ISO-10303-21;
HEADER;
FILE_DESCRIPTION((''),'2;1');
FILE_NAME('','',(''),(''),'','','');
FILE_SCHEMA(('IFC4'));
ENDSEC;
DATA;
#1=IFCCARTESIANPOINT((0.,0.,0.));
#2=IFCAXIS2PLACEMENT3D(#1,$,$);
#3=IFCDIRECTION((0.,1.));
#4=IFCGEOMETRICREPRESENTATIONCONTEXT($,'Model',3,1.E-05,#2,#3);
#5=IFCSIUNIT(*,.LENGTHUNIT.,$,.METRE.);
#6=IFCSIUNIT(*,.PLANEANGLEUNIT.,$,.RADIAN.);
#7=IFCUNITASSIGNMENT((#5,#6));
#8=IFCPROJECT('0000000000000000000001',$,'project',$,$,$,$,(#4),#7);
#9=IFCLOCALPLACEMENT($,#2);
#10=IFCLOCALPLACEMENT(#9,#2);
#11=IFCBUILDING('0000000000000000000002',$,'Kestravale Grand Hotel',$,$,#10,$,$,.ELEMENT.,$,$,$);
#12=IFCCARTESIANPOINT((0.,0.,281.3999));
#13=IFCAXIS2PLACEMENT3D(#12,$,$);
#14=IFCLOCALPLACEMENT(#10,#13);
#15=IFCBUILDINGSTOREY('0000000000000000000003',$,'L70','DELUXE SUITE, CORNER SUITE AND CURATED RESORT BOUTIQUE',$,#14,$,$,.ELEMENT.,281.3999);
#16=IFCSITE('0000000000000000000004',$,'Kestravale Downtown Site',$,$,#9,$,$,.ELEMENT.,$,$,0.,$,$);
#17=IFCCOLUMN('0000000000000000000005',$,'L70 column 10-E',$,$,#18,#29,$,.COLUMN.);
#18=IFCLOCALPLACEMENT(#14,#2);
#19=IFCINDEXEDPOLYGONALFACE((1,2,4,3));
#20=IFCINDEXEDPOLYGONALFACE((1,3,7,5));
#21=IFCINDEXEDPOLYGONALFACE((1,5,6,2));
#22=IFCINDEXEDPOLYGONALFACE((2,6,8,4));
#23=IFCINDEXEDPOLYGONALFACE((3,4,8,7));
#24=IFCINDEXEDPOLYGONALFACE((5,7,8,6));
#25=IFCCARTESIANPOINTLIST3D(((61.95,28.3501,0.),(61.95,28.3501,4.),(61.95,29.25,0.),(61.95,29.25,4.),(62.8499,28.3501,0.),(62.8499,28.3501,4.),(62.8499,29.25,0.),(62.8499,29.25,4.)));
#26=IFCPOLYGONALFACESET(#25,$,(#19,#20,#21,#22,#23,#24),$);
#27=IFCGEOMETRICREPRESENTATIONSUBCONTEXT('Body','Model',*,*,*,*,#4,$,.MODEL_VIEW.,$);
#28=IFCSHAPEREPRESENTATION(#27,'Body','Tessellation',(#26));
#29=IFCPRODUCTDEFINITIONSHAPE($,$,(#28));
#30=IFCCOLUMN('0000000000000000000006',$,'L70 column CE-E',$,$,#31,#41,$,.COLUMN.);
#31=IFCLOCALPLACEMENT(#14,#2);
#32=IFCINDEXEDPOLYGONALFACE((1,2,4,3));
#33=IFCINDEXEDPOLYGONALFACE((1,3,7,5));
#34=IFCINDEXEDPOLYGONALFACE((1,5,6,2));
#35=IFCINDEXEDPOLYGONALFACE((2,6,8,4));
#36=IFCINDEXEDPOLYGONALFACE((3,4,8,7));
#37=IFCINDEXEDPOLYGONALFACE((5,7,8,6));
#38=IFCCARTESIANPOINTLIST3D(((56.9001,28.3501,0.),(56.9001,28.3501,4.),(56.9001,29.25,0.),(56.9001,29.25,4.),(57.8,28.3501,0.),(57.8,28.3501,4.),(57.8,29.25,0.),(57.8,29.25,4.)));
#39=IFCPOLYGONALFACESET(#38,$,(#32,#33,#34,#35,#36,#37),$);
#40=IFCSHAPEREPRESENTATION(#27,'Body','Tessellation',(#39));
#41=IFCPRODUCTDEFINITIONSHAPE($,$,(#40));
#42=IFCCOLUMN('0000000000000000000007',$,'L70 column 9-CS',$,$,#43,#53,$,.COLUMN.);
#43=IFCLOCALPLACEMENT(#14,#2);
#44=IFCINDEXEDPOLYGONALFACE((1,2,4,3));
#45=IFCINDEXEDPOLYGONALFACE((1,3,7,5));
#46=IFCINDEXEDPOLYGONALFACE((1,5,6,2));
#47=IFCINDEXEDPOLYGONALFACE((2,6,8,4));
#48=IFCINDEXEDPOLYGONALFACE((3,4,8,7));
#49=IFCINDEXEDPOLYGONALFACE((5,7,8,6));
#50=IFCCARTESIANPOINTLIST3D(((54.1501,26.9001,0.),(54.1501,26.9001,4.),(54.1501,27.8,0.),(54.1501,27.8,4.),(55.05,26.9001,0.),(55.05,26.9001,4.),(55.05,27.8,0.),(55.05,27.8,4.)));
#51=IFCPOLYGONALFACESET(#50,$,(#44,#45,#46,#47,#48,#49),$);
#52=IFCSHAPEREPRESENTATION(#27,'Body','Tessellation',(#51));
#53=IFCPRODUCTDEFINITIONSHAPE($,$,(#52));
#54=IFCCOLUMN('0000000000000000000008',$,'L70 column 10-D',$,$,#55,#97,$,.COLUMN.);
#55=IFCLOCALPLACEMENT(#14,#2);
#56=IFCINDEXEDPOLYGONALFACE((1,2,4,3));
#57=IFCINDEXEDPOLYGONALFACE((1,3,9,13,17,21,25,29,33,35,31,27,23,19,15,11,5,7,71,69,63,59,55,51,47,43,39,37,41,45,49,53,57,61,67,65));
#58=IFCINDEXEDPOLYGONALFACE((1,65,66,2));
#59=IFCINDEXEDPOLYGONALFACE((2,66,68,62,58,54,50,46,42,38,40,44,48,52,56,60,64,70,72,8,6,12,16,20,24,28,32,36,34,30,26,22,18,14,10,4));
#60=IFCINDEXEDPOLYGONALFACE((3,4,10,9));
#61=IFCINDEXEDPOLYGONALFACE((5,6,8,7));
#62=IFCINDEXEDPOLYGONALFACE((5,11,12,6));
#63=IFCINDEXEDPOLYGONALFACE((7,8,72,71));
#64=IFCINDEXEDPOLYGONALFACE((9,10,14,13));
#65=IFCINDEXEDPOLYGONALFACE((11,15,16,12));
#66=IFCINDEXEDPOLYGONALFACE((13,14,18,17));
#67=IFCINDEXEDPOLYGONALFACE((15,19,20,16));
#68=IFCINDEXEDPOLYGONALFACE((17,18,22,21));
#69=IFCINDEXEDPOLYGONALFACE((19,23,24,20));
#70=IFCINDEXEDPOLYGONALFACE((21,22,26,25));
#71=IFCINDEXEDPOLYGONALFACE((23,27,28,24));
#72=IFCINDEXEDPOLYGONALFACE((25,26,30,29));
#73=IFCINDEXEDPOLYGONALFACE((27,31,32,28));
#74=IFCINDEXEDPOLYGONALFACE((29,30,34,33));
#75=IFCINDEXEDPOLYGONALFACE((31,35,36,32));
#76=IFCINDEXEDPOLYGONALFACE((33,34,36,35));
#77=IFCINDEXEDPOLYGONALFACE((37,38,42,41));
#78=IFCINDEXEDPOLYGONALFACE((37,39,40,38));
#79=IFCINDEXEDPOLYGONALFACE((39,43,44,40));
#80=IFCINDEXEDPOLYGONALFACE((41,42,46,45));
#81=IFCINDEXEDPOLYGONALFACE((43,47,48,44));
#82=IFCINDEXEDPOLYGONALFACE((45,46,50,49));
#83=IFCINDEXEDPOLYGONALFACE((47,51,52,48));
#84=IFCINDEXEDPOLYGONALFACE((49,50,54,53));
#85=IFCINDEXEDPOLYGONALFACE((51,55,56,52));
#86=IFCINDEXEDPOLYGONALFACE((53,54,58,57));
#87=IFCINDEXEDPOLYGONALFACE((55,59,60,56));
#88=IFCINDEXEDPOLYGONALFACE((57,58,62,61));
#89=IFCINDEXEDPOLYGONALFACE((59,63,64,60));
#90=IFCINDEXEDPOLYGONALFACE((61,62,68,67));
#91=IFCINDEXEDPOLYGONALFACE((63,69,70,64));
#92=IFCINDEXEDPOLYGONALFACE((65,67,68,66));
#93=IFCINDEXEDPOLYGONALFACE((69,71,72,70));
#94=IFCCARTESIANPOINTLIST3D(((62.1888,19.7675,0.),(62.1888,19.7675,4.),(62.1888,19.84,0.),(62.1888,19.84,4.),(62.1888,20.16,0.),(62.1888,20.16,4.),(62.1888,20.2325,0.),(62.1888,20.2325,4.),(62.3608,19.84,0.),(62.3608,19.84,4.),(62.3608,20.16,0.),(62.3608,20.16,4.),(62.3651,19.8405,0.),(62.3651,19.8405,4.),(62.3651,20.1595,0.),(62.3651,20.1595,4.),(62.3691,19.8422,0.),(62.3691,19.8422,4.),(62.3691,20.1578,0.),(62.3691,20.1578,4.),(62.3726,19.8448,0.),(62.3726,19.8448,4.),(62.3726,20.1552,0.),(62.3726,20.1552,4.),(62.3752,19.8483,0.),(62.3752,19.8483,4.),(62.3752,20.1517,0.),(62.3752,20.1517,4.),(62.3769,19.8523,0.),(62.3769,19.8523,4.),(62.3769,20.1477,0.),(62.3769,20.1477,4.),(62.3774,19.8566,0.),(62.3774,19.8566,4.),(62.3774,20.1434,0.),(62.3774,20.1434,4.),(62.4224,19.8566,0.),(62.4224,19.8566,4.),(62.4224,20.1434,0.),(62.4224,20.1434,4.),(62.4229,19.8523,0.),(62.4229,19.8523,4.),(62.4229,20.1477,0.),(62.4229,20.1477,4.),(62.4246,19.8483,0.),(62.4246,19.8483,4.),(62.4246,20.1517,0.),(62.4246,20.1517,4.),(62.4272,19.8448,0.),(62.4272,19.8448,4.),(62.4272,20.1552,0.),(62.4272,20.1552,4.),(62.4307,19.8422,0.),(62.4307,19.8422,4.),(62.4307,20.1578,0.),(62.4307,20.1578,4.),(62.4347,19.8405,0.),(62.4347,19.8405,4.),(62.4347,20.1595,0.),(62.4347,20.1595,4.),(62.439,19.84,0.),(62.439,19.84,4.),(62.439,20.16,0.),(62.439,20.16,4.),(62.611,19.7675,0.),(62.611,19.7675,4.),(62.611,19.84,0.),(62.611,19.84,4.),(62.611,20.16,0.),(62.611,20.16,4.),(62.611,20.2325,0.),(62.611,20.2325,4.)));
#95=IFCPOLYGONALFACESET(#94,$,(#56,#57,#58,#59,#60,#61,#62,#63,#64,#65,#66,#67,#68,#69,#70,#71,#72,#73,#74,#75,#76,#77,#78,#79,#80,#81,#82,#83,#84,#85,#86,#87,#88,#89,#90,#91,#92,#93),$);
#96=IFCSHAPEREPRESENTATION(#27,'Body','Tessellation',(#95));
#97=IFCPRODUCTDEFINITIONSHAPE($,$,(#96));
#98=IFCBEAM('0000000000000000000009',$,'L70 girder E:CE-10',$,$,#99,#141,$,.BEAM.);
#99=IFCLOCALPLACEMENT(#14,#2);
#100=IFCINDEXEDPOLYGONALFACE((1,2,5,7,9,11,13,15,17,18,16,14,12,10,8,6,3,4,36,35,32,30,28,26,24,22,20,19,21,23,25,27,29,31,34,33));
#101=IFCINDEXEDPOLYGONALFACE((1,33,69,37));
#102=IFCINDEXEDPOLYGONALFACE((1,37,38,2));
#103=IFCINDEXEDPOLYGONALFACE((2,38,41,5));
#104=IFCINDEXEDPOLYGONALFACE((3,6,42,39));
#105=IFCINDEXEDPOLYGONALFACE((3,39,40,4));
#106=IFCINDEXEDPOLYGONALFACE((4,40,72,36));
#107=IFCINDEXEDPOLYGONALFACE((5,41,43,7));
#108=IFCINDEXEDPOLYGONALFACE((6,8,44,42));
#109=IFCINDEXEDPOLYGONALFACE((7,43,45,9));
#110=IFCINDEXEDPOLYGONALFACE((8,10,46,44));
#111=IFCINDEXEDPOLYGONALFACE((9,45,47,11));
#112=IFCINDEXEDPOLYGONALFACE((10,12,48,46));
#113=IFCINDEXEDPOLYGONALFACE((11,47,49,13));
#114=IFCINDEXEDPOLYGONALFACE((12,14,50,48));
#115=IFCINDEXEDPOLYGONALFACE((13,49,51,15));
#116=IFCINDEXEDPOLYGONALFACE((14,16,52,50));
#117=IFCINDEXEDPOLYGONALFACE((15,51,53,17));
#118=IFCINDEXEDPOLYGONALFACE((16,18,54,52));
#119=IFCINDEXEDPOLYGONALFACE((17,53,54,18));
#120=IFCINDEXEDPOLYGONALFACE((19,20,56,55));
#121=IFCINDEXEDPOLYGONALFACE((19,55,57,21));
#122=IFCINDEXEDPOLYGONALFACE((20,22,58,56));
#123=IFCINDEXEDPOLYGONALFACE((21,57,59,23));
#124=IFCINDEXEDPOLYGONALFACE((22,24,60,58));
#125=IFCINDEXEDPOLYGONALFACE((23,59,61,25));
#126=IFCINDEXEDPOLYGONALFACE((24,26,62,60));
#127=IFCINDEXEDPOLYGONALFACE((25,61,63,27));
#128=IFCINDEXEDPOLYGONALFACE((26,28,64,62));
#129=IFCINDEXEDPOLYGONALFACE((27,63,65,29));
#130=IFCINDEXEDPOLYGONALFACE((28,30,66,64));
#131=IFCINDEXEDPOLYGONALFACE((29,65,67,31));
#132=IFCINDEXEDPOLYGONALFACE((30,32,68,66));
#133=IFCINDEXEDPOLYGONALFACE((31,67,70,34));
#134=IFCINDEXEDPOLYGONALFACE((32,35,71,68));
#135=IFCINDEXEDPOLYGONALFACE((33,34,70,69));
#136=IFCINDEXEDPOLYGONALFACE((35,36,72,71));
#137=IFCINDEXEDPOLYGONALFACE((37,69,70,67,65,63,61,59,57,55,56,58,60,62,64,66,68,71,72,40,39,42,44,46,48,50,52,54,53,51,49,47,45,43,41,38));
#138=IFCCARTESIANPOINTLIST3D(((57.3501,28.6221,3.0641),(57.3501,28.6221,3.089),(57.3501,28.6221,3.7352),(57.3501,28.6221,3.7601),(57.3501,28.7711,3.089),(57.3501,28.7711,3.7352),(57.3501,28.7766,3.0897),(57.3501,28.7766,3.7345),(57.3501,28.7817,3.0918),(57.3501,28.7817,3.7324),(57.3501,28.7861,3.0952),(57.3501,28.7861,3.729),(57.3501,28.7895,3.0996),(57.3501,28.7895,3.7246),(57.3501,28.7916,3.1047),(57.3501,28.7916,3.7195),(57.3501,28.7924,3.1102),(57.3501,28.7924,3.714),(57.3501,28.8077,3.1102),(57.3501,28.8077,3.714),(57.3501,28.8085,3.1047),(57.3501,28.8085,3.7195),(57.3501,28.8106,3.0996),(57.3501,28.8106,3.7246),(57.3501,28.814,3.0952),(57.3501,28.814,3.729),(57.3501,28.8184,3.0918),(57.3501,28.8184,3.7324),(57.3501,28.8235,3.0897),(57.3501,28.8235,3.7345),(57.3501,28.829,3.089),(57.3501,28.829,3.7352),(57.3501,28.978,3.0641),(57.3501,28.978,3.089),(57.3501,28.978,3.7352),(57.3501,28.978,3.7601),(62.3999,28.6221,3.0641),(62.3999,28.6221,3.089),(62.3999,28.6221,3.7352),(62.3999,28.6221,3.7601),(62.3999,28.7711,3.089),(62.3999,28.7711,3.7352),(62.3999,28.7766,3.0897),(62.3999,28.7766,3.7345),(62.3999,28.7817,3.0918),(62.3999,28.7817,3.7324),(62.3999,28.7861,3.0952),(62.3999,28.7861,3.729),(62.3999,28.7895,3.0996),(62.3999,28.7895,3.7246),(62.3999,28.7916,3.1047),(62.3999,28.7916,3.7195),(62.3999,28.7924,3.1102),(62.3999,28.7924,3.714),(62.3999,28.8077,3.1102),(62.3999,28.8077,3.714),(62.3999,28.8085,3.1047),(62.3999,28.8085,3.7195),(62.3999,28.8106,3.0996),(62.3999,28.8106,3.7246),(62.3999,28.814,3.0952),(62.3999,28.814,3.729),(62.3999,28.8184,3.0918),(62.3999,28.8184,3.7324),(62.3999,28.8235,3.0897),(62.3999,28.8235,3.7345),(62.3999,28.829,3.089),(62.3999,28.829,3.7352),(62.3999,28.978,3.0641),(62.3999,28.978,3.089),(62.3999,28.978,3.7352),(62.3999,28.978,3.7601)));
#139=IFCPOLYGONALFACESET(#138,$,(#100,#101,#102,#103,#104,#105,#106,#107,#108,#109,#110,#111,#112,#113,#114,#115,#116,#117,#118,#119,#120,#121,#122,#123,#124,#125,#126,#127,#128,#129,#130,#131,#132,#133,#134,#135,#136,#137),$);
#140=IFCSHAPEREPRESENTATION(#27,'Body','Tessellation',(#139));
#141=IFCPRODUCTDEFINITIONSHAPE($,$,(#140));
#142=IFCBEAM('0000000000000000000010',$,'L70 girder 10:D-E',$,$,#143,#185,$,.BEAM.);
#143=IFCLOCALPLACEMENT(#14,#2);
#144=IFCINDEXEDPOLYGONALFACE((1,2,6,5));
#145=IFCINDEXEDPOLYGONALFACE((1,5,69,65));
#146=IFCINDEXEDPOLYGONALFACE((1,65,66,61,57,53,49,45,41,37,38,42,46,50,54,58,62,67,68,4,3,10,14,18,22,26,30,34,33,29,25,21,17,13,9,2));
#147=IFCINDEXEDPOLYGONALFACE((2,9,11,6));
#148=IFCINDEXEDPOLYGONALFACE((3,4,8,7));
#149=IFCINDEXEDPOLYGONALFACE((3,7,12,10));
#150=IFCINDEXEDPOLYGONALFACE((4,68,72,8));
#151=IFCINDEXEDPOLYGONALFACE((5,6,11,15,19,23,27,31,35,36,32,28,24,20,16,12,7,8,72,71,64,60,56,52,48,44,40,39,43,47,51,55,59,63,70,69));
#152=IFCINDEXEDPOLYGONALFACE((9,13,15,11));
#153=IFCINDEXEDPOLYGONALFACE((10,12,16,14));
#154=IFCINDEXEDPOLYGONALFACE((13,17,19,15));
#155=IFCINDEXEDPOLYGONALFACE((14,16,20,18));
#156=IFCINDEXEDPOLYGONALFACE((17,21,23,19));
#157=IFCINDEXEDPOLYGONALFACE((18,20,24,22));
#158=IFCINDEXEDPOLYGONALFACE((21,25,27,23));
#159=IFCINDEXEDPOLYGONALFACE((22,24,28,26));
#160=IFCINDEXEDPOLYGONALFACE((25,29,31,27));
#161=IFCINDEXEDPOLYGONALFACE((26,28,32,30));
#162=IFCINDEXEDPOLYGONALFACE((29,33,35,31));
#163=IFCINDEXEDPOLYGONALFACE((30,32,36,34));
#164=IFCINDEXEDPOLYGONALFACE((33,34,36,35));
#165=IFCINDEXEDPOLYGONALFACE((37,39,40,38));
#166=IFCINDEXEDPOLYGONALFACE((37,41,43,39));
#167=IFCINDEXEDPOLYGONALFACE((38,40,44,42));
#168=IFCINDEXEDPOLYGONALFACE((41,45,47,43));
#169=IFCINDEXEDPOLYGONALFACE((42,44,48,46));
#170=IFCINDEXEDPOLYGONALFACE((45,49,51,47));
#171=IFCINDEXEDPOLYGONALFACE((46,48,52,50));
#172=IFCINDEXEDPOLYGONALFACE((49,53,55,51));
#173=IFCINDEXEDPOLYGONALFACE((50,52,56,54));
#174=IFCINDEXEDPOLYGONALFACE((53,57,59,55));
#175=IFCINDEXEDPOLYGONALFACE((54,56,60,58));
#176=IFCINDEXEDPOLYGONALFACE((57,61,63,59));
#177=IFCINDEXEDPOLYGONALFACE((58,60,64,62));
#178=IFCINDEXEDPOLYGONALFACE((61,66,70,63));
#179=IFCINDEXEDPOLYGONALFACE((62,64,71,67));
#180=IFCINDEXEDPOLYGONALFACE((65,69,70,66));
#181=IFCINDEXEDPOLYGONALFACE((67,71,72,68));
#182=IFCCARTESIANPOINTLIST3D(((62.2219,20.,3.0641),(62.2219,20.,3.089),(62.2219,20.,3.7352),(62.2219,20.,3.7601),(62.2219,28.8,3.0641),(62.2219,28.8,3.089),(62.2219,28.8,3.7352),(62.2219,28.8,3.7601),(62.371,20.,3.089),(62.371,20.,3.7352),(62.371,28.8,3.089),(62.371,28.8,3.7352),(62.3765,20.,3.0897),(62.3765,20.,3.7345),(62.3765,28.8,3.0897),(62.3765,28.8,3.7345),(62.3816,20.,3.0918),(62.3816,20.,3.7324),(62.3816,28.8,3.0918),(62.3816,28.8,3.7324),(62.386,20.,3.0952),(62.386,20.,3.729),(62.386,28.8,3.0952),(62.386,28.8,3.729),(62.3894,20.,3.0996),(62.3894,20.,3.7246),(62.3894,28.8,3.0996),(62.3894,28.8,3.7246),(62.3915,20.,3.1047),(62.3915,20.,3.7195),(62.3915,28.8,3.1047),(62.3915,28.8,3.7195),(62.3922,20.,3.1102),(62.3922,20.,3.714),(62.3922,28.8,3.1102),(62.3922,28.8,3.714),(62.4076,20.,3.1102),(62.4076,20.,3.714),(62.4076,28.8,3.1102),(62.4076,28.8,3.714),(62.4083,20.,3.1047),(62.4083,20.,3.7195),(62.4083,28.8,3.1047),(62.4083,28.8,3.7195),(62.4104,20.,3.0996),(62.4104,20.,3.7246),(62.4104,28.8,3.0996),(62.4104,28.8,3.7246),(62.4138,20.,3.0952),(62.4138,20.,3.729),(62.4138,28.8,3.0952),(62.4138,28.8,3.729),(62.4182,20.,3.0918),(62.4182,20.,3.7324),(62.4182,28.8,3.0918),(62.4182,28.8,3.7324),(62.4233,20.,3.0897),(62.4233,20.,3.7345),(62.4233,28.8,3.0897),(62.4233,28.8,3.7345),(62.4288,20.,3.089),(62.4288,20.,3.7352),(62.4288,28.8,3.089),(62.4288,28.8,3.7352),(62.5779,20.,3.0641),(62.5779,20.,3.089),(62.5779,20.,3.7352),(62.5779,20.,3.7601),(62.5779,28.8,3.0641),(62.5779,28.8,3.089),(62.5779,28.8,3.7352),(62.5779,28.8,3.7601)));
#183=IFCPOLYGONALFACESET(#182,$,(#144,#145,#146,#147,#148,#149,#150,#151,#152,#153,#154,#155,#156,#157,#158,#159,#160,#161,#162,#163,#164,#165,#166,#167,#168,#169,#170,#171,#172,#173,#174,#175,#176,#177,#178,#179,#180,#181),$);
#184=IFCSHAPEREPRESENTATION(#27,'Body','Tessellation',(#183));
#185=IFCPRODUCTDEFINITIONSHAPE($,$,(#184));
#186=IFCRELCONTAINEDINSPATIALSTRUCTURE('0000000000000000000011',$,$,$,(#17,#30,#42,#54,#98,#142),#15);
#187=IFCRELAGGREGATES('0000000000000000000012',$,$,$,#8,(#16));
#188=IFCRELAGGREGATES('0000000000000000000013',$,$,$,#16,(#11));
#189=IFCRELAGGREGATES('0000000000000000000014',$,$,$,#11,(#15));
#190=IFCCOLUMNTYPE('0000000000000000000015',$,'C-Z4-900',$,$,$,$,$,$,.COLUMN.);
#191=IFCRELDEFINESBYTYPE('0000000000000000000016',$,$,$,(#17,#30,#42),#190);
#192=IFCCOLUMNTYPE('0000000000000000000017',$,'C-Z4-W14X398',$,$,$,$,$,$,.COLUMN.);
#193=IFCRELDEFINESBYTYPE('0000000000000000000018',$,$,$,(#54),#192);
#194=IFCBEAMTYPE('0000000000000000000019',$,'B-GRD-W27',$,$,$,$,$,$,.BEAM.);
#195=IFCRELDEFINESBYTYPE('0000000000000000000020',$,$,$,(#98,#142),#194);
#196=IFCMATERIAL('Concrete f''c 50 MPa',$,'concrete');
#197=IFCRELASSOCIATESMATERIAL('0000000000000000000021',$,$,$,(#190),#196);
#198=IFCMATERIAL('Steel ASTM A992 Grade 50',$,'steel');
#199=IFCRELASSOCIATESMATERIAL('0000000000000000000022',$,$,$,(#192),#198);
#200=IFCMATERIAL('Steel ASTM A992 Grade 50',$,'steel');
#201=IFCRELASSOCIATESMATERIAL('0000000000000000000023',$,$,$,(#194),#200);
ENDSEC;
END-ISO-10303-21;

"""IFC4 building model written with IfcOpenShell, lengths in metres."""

from ifc_helpers import new_model, si_unit, direction, frame, origin, origin_2d, place, context, subcontext, project, spatial, rectangle, i_section, extrude, material, material_profile, profile_set, type_object, element, save


model = new_model("IFC4")

# Units and contexts
model_context = context("Model", 3, precision=1e-05, world=origin(), true_north=direction((0.0, 1.0)))
body_context = subcontext(model_context, "Body", "Model", "MODEL_VIEW")
ifc_project = project(units=[si_unit("LENGTHUNIT", "METRE"), si_unit("PLANEANGLEUNIT", "RADIAN")], contexts=[model_context])

# Site, building, storey
site_placement = place(None, origin())
site = spatial("IfcSite", under=ifc_project, at=site_placement, Name="Kestravale Downtown Site", CompositionType="ELEMENT", RefElevation=0.0)
building_placement = place(site_placement, origin())
building = spatial("IfcBuilding", under=site, at=building_placement, Name="Kestravale Grand Hotel", CompositionType="ELEMENT")
storey_placement = place(building_placement, frame((0.0, 0.0, 281.3999)))
storey = spatial("IfcBuildingStorey", under=building, at=storey_placement, Name="L70", Description="DELUXE SUITE, CORNER SUITE AND CURATED RESORT BOUTIQUE", CompositionType="ELEMENT", Elevation=281.3999)

# Columns
ifc_material_1 = material(Name="Concrete f'c 50 MPa", Category="concrete")
ifc_material_profile_1 = material_profile(ifc_material_1, rectangle(XDim=0.8999, YDim=0.8999, at=origin_2d()))
ifc_profile_set_1 = profile_set([ifc_material_profile_1], Name="Concrete f'c 50 MPa")
column_type_1 = type_object("IfcColumnType", Name="C-Z4-900", PredefinedType="COLUMN", material=ifc_profile_set_1)
for number, where, z_axis, x_axis, name in (
    (1, (62.3999, 28.8, 0.0), (0.0, 0.0, 1.0), (1.0, 0.0, 0.0), "L70 column 10-E"),
    (2, (57.3501, 28.8, 0.0), (0.0, 0.0, 1.0), (1.0, 0.0, 0.0), "L70 column CE-E"),
    (3, (54.6001, 27.3501, 0.0), (0.0, 0.0, 1.0), (1.0, 0.0, 0.0), "L70 column 9-CS"),
):
    element("IfcColumn", number, at=place(storey_placement, frame(where, z_axis=z_axis, x_axis=x_axis)), inside=storey, type_object=column_type_1, Name=name, PredefinedType="COLUMN", context=body_context, shape_type="SweptSolid", body=[
        extrude(rectangle(XDim=0.8999, YDim=0.8999, at=origin_2d()), origin(), (0.0, 0.0, 1.0), 4.0),
    ])
ifc_material_2 = material(Name="Steel ASTM A992 Grade 50", Category="steel")
ifc_material_profile_2 = material_profile(ifc_material_2, i_section(OverallWidth=0.4221, OverallDepth=0.4651, WebThickness=0.0449, FlangeThickness=0.0725, FilletRadius=0.0166, at=origin_2d()))
ifc_profile_set_2 = profile_set([ifc_material_profile_2], Name="Steel ASTM A992 Grade 50")
column_type_2 = type_object("IfcColumnType", Name="C-Z4-W14X398", PredefinedType="COLUMN", material=ifc_profile_set_2)
column_placement = place(storey_placement, frame((62.3999, 20.0, 0.0), z_axis=(0.0, 0.0, 1.0), x_axis=(1.0, 0.0, 0.0)))
element("IfcColumn", 4, at=column_placement, inside=storey, type_object=column_type_2, Name="L70 column 10-D", PredefinedType="COLUMN", context=body_context, shape_type="SweptSolid", body=[
    extrude(i_section(OverallWidth=0.4221, OverallDepth=0.4651, WebThickness=0.0449, FlangeThickness=0.0725, FilletRadius=0.0166, at=origin_2d()), origin(), (0.0, 0.0, 1.0), 4.0),
])

# Beams
ifc_material_3 = material(Name="Steel ASTM A992 Grade 50", Category="steel")
ifc_material_profile_3 = material_profile(ifc_material_3, i_section(OverallWidth=0.356, OverallDepth=0.696, WebThickness=0.0154, FlangeThickness=0.0249, FilletRadius=0.0212, at=origin_2d()))
ifc_profile_set_3 = profile_set([ifc_material_profile_3], Name="Steel ASTM A992 Grade 50")
beam_type = type_object("IfcBeamType", Name="B-GRD-W27", PredefinedType="BEAM", material=ifc_profile_set_3)
beam_1_placement = place(storey_placement, frame((57.3501, 28.8, 3.4121), z_axis=(1.0, 0.0, 0.0), x_axis=(0.0, 1.0, 0.0)))
element("IfcBeam", 5, at=beam_1_placement, inside=storey, type_object=beam_type, Name="L70 girder E:CE-10", PredefinedType="BEAM", context=body_context, shape_type="SweptSolid", body=[
    extrude(i_section(OverallWidth=0.356, OverallDepth=0.696, WebThickness=0.0154, FlangeThickness=0.0249, FilletRadius=0.0212, at=origin_2d()), origin(), (0.0, 0.0, 1.0), 5.0498),
])
beam_2_placement = place(storey_placement, frame((62.3999, 20.0, 3.4121), z_axis=(0.0, 1.0, 0.0), x_axis=(-1.0, 0.0, 0.0)))
element("IfcBeam", 6, at=beam_2_placement, inside=storey, type_object=beam_type, Name="L70 girder 10:D-E", PredefinedType="BEAM", context=body_context, shape_type="SweptSolid", body=[
    extrude(i_section(OverallWidth=0.356, OverallDepth=0.696, WebThickness=0.0154, FlangeThickness=0.0249, FilletRadius=0.0212, at=origin_2d()), origin(), (0.0, 0.0, 1.0), 8.8),
])

save(model, "model.ifc")
